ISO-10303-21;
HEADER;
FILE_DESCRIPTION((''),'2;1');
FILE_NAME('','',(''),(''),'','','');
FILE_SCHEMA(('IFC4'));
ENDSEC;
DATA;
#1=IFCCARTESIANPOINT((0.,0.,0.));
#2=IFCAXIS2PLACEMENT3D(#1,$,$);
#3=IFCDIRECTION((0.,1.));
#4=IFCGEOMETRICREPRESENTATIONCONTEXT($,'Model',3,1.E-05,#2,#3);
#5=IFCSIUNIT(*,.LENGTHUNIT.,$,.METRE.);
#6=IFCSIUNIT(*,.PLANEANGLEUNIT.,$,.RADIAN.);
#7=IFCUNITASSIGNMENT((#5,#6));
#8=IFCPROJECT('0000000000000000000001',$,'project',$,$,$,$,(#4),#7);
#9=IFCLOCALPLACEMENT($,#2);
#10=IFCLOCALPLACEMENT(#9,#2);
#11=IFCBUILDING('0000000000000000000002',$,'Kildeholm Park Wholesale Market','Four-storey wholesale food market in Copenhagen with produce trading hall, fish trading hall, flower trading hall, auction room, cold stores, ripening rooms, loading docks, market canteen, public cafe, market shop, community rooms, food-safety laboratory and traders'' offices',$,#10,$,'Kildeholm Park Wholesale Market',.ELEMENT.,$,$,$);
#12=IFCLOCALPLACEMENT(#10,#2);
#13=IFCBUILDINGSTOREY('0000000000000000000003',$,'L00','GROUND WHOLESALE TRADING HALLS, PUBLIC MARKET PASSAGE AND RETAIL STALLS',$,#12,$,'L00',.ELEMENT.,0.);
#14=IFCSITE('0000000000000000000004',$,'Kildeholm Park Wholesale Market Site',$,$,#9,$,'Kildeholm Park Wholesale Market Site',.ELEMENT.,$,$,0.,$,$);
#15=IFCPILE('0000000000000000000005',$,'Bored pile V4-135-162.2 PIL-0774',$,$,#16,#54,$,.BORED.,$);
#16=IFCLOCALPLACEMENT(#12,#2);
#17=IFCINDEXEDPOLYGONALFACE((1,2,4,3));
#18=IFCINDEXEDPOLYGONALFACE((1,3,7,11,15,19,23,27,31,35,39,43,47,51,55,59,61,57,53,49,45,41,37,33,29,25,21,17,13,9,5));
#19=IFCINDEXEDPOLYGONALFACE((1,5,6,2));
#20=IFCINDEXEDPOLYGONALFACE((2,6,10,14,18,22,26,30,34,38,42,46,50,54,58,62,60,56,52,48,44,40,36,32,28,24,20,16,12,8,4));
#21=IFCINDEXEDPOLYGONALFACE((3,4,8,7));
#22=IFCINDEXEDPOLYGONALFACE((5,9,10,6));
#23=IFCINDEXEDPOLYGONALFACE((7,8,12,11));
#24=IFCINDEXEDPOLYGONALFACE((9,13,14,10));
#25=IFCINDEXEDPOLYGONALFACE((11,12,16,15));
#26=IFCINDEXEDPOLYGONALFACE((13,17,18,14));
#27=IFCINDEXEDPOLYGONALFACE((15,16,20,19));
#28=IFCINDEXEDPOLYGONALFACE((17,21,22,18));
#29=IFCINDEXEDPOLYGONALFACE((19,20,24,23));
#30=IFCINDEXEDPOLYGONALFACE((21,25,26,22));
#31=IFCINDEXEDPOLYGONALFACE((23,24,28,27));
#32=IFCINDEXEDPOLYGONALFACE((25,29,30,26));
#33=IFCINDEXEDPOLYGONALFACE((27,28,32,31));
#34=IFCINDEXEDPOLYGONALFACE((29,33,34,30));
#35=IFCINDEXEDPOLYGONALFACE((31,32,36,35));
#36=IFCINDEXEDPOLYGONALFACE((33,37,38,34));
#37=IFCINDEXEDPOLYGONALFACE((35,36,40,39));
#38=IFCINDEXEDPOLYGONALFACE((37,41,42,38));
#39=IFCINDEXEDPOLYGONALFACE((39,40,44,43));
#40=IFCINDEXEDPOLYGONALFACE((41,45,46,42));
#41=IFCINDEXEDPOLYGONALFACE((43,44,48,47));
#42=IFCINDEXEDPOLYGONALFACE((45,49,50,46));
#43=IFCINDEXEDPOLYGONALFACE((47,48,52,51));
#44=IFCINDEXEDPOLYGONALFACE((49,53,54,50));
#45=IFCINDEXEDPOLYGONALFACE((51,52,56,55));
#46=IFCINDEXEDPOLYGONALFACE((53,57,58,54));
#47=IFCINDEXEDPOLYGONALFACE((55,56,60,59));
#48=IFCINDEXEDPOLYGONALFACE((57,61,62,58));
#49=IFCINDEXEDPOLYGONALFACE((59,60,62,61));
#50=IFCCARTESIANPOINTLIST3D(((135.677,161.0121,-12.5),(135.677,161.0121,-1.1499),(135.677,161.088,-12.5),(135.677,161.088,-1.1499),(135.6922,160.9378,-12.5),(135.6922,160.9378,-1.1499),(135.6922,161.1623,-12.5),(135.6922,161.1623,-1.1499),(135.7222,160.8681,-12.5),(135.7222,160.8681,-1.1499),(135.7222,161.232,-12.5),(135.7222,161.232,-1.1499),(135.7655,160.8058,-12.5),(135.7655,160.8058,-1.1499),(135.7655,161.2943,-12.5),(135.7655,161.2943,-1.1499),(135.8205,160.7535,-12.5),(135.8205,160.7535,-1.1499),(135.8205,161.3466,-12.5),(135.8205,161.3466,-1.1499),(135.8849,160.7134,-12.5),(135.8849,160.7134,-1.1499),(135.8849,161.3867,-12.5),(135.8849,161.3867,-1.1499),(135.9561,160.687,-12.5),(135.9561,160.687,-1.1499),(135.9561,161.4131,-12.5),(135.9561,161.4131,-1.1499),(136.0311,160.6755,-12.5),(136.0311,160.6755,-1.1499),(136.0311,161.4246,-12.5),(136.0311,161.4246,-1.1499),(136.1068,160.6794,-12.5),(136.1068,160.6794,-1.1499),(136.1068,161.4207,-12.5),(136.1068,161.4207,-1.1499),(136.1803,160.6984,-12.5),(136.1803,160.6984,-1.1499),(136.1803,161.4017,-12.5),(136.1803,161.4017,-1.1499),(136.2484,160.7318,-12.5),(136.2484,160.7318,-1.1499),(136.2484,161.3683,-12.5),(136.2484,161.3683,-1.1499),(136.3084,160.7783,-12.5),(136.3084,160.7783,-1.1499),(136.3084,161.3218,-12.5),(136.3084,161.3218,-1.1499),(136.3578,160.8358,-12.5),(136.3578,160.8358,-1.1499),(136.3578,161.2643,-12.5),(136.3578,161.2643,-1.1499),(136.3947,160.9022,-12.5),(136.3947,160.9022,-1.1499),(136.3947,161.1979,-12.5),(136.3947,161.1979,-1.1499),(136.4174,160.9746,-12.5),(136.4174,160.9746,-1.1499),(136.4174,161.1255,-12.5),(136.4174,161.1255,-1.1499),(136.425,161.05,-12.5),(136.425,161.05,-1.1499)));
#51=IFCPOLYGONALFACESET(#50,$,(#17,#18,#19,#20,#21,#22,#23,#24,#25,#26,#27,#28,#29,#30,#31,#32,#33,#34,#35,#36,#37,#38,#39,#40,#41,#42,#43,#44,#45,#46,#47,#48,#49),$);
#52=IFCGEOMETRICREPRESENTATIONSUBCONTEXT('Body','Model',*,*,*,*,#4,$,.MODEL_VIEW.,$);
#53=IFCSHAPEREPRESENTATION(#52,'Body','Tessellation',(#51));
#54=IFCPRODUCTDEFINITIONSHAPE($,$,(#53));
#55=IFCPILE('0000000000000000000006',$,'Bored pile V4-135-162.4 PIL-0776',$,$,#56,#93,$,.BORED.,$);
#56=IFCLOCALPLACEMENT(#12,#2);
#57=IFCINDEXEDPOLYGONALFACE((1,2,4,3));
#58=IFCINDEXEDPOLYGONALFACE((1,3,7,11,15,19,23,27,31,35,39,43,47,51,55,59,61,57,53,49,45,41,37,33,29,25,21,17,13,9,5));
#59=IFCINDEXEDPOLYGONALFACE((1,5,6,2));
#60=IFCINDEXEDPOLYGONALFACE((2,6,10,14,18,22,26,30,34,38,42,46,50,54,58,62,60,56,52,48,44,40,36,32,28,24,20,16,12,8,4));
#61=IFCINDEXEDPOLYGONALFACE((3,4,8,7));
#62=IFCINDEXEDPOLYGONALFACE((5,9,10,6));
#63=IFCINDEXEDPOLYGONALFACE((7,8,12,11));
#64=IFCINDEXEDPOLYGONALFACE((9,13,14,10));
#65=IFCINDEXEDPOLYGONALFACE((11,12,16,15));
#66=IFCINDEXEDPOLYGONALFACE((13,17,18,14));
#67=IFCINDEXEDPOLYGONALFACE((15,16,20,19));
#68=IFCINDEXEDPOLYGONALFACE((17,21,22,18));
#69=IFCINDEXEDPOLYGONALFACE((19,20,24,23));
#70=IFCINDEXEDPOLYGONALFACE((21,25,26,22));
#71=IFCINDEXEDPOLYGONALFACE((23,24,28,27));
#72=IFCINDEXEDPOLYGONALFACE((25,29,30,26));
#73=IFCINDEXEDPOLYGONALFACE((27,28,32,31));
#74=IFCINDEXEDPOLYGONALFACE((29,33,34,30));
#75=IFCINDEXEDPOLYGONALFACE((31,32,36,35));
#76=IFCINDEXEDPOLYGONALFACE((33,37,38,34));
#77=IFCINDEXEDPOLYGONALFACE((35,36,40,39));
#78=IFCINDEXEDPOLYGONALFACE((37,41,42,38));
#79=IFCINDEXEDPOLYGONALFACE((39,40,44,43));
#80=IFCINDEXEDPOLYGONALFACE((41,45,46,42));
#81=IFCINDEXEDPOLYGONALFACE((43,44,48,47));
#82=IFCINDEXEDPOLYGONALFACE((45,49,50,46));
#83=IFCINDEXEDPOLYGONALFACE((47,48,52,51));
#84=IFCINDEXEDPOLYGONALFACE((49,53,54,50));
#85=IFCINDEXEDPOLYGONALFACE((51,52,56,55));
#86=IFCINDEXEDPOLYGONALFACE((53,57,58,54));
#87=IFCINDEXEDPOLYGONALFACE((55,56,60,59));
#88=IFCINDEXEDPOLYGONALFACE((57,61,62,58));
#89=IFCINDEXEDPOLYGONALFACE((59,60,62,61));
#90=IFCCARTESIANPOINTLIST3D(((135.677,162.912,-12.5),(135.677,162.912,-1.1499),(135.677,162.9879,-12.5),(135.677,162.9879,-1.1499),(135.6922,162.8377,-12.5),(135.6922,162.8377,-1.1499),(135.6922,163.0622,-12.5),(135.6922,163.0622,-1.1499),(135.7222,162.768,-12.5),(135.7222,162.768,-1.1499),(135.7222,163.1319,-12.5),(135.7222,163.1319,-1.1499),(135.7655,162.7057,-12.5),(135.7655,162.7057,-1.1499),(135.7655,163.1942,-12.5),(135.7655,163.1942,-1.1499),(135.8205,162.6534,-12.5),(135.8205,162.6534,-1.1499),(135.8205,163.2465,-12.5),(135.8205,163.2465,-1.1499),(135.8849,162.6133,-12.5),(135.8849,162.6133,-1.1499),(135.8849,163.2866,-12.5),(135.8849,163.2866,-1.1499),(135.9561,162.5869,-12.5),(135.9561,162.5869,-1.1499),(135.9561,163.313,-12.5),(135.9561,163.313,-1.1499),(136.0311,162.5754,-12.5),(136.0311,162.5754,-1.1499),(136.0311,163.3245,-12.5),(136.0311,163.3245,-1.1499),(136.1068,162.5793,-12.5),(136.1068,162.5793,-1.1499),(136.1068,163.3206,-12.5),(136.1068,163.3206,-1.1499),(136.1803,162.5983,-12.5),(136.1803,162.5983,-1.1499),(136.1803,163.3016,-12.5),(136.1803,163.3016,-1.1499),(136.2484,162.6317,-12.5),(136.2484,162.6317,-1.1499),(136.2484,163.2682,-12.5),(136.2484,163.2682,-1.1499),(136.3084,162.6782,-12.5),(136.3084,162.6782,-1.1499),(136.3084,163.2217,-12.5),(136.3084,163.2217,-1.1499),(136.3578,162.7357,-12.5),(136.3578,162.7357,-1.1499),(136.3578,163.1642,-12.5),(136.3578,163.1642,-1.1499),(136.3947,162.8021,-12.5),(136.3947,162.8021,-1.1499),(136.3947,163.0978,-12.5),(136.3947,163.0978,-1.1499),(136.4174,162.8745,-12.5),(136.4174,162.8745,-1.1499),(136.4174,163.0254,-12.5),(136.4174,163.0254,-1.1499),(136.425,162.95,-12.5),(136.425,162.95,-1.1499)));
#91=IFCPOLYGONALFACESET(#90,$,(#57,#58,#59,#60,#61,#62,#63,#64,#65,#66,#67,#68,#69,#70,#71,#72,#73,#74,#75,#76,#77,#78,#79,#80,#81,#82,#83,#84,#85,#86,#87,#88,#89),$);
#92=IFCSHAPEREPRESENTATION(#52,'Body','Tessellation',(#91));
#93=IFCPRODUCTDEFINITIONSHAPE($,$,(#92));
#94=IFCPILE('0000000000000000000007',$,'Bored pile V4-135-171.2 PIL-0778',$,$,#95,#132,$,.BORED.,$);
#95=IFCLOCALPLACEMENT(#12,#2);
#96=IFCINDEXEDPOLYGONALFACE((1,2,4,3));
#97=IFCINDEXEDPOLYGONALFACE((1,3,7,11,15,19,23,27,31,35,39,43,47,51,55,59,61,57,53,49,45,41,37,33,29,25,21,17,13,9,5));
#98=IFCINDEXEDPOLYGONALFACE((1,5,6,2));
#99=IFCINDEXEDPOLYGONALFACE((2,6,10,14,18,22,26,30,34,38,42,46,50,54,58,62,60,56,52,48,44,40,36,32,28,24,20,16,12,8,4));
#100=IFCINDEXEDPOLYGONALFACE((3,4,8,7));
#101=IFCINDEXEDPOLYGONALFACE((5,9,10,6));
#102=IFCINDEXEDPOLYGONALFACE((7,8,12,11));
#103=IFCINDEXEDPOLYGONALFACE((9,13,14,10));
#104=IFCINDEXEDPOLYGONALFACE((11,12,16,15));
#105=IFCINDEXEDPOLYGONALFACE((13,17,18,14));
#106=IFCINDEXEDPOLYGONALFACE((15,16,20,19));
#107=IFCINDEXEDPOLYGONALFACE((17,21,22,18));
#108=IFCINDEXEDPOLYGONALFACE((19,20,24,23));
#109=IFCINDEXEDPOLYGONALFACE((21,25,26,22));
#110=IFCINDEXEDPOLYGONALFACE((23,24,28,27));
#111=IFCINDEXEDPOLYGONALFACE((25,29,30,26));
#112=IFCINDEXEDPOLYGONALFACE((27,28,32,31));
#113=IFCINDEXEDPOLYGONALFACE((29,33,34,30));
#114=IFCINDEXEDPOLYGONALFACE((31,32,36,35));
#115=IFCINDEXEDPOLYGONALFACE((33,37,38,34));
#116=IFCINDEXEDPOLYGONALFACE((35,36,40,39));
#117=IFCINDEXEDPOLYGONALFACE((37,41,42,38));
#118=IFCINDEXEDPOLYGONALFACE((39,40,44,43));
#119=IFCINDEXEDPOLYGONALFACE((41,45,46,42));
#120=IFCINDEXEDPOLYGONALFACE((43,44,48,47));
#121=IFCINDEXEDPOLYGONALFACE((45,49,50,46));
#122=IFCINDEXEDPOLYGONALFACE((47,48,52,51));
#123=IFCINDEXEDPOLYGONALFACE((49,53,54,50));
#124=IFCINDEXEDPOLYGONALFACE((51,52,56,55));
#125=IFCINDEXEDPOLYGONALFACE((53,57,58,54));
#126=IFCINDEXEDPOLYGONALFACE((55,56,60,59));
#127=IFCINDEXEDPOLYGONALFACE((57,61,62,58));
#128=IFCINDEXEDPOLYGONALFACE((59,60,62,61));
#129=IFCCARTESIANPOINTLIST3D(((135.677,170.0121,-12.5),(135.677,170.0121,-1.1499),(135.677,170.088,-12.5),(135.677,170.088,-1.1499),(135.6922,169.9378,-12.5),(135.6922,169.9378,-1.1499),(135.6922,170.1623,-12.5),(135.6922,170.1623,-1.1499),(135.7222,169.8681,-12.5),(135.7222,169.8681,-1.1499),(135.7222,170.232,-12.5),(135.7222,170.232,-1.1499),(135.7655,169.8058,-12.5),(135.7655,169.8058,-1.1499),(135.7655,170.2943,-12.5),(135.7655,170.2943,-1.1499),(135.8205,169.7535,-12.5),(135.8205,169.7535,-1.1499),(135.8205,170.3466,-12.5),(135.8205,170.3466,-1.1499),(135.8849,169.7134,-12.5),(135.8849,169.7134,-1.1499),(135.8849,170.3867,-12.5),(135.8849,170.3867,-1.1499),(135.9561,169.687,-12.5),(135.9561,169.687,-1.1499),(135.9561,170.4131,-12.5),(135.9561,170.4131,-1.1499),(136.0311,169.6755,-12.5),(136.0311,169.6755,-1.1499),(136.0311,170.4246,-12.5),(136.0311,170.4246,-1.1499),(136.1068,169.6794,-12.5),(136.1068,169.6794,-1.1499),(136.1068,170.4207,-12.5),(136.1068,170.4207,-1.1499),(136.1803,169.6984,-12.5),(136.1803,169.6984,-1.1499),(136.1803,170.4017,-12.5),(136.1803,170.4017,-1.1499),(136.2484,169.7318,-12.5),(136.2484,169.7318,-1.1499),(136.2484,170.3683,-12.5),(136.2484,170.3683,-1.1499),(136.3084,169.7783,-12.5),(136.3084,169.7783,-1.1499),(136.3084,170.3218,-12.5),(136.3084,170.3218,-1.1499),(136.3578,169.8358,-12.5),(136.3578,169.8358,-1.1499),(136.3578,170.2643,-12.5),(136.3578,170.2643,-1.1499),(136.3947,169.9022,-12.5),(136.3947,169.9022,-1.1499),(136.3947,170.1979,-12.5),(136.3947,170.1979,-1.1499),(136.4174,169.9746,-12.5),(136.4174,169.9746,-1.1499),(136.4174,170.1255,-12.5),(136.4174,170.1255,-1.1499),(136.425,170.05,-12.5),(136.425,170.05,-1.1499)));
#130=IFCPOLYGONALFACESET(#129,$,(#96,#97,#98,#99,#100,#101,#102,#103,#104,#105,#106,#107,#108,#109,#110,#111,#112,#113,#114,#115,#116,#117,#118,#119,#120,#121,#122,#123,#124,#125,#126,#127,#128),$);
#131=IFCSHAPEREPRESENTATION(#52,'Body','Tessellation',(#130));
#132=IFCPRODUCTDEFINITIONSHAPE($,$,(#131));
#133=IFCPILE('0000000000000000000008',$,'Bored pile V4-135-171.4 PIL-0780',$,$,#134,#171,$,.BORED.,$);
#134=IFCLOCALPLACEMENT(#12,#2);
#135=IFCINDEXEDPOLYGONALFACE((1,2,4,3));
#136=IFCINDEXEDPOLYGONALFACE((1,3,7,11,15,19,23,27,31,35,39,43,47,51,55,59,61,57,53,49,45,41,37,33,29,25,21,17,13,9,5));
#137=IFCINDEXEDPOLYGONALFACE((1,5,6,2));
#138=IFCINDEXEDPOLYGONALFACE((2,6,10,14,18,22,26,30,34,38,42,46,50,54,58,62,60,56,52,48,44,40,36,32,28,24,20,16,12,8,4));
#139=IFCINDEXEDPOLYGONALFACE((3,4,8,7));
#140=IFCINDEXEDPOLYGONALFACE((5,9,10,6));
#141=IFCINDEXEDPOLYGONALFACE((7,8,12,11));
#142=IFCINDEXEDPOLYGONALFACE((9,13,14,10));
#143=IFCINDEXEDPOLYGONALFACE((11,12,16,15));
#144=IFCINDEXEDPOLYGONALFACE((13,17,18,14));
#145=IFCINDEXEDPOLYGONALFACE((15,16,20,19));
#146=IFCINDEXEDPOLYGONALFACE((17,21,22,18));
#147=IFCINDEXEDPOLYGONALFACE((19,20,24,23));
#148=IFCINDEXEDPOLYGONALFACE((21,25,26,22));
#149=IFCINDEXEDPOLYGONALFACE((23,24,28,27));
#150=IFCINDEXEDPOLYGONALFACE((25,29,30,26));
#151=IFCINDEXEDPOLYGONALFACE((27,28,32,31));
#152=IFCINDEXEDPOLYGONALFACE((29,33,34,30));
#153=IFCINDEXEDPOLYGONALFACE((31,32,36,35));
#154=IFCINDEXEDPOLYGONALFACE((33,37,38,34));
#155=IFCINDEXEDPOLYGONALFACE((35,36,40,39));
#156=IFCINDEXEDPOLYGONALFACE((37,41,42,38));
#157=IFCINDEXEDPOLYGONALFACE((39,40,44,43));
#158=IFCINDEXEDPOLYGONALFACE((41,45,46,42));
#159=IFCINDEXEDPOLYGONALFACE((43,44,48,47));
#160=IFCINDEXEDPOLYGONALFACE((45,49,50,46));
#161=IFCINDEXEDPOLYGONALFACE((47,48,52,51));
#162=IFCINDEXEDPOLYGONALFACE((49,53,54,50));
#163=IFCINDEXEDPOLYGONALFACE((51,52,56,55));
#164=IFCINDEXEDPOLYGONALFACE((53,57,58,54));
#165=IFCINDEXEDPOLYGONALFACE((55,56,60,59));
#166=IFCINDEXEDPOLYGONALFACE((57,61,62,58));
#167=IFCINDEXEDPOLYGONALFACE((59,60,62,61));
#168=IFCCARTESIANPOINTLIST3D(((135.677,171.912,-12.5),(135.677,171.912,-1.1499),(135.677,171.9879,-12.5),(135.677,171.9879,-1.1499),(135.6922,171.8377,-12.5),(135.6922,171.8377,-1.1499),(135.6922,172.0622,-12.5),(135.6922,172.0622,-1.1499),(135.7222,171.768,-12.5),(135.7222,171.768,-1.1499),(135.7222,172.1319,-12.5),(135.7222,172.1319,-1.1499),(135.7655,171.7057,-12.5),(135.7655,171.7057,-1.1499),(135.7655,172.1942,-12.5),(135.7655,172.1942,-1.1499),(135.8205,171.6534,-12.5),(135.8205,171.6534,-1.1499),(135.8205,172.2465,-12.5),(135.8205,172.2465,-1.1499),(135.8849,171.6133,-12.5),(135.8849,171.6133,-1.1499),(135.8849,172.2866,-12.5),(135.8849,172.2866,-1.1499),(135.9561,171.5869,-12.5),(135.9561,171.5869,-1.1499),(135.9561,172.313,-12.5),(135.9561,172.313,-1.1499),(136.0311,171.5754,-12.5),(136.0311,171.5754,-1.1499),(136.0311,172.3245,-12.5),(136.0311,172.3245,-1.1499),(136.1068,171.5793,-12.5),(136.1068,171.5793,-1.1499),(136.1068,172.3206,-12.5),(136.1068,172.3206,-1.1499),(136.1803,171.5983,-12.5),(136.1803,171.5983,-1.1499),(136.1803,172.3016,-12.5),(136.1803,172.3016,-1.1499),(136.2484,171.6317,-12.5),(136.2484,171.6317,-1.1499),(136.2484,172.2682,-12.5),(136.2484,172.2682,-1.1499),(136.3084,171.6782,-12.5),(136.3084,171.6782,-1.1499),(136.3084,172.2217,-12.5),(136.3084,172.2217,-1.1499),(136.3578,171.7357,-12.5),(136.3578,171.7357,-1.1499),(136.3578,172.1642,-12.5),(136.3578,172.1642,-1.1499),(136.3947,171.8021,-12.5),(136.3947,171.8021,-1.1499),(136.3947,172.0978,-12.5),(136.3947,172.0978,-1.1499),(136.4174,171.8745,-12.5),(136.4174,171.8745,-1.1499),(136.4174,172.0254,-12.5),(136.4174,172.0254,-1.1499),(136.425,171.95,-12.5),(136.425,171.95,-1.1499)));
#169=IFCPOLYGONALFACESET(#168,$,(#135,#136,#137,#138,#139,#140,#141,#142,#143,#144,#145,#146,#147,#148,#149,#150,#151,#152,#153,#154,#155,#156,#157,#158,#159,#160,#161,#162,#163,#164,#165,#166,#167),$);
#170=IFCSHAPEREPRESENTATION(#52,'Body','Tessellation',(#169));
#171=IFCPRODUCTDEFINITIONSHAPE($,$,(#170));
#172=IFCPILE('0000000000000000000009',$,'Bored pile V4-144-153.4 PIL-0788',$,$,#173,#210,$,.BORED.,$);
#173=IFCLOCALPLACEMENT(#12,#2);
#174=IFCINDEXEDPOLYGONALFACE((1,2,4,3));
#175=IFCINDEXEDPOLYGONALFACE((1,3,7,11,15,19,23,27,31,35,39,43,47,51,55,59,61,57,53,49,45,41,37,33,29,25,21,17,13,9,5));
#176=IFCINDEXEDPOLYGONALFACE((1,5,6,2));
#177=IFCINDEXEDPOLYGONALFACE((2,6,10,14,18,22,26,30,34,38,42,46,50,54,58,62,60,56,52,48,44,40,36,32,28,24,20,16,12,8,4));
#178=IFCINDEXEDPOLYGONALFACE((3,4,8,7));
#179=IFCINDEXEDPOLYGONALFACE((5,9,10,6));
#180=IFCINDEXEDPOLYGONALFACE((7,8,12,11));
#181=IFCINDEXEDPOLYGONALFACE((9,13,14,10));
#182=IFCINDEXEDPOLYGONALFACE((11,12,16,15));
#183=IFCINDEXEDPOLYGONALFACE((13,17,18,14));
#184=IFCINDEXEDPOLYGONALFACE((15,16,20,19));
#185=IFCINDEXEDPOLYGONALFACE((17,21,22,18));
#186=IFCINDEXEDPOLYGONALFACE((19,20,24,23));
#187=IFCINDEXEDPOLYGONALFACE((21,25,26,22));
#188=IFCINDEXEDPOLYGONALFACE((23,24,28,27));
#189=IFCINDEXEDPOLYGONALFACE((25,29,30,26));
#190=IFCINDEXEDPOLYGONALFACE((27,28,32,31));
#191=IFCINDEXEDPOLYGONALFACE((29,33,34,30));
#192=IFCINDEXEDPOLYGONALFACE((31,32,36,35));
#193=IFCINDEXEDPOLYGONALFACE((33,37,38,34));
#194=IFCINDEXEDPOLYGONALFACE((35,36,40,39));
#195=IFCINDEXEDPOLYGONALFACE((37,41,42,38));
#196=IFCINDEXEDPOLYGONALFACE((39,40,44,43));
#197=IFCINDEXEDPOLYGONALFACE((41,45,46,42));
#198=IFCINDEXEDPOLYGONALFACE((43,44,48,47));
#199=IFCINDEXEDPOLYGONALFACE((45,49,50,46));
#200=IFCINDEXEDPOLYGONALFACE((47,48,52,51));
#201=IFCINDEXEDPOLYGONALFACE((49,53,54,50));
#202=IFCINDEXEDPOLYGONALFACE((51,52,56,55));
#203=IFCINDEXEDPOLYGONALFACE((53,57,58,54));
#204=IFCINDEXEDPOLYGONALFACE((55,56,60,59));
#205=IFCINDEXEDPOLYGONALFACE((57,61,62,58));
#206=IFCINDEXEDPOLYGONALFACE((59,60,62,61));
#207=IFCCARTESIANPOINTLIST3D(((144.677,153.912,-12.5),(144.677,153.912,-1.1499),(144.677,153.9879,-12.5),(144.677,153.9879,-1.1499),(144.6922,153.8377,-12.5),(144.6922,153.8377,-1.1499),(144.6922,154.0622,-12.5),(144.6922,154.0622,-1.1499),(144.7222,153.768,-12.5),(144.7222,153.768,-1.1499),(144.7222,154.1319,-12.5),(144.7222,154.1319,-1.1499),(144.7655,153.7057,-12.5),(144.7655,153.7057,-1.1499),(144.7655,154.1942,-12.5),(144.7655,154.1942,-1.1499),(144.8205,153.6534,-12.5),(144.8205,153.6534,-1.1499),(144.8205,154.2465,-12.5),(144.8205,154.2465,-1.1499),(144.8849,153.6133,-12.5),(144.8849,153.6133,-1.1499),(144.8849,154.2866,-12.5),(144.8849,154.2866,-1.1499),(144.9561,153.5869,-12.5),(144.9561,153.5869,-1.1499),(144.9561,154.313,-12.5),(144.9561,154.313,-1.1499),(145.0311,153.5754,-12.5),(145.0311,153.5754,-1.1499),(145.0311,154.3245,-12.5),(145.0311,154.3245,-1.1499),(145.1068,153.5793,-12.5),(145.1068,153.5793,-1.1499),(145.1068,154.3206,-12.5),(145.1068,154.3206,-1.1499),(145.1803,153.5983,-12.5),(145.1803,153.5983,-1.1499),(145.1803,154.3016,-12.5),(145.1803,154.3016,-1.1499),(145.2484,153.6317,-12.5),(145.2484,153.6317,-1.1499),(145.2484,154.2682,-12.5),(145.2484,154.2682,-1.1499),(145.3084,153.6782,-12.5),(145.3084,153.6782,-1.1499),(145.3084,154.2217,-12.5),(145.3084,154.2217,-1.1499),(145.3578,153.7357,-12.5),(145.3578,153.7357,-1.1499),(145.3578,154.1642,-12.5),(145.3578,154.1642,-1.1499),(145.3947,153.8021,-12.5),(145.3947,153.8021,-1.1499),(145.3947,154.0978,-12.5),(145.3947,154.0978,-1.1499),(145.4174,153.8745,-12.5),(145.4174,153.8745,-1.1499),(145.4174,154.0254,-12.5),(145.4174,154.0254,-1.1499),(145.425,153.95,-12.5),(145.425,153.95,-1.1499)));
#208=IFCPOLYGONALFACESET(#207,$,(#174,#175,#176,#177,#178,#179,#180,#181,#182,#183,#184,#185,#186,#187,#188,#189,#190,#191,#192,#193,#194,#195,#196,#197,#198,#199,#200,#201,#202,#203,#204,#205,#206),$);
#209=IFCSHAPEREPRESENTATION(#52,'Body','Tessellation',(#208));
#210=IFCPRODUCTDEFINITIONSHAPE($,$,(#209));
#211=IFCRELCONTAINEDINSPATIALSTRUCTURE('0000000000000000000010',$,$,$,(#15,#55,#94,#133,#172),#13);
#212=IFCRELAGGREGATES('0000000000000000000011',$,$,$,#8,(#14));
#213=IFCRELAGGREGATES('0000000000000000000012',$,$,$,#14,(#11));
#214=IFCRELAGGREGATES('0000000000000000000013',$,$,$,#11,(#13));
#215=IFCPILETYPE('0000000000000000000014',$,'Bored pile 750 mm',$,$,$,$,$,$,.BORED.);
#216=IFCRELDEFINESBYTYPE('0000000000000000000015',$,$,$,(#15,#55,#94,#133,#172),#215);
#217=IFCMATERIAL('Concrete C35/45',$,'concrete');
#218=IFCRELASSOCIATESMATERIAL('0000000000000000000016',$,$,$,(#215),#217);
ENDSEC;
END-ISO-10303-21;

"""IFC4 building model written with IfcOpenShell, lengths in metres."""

from ifc_helpers import new_model, si_unit, direction, frame, origin, origin_2d, place, context, subcontext, project, spatial, circle, extrude, material, material_profile, profile_set, type_object, element, save


model = new_model("IFC4")

# Units and contexts
model_context = context("Model", 3, precision=1e-05, world=origin(), true_north=direction((0.0, 1.0)))
body_context = subcontext(model_context, "Body", "Model", "MODEL_VIEW")
ifc_project = project(units=[si_unit("LENGTHUNIT", "METRE"), si_unit("PLANEANGLEUNIT", "RADIAN")], contexts=[model_context])

# Site, building, storey
site_placement = place(None, origin())
site = spatial("IfcSite", under=ifc_project, at=site_placement, Name="Kildeholm Park Wholesale Market Site", LongName="Kildeholm Park Wholesale Market Site", CompositionType="ELEMENT", RefElevation=0.0)
building_placement = place(site_placement, origin())
building = spatial("IfcBuilding", under=site, at=building_placement, Name="Kildeholm Park Wholesale Market", Description="Four-storey wholesale food market in Copenhagen with produce trading hall, fish trading hall, flower trading hall, auction room, cold stores, ripening rooms, loading docks, market canteen, public cafe, market shop, community rooms, food-safety laboratory and traders' offices", LongName="Kildeholm Park Wholesale Market", CompositionType="ELEMENT")
storey_placement = place(building_placement, origin())
storey = spatial("IfcBuildingStorey", under=building, at=storey_placement, Name="L00", Description="GROUND WHOLESALE TRADING HALLS, PUBLIC MARKET PASSAGE AND RETAIL STALLS", LongName="L00", CompositionType="ELEMENT", Elevation=0.0)

# Piles
ifc_material_1 = material(Name="Concrete C35/45", Category="concrete")
ifc_material_profile_1 = material_profile(ifc_material_1, circle(Radius=0.375, at=origin_2d()), Name="PILE D750")
ifc_profile_set_1 = profile_set([ifc_material_profile_1], Name="Concrete C35/45")
pile_type = type_object("IfcPileType", Name="Bored pile 750 mm", PredefinedType="BORED", material=ifc_profile_set_1)
for number, where, z_axis, x_axis, name in (
    (1, (136.05, 161.05, -1.1499), (0.0, 0.0, -1.0), (1.0, 0.0, 0.0), "Bored pile V4-135-162.2 PIL-0774"),
    (2, (136.05, 162.95, -1.1499), (0.0, 0.0, -1.0), (1.0, 0.0, 0.0), "Bored pile V4-135-162.4 PIL-0776"),
    (3, (136.05, 170.05, -1.1499), (0.0, 0.0, -1.0), (1.0, 0.0, 0.0), "Bored pile V4-135-171.2 PIL-0778"),
    (4, (136.05, 171.95, -1.1499), (0.0, 0.0, -1.0), (1.0, 0.0, 0.0), "Bored pile V4-135-171.4 PIL-0780"),
    (5, (145.05, 153.95, -1.1499), (0.0, 0.0, -1.0), (1.0, 0.0, 0.0), "Bored pile V4-144-153.4 PIL-0788"),
):
    element("IfcPile", number, at=place(storey_placement, frame(where, z_axis=z_axis, x_axis=x_axis)), inside=storey, type_object=pile_type, Name=name, PredefinedType="BORED", context=body_context, shape_type="SweptSolid", body=[
        extrude(circle(Radius=0.375, at=origin_2d()), origin(), (0.0, 0.0, 1.0), 11.3501),
    ])

save(model, "model.ifc")
